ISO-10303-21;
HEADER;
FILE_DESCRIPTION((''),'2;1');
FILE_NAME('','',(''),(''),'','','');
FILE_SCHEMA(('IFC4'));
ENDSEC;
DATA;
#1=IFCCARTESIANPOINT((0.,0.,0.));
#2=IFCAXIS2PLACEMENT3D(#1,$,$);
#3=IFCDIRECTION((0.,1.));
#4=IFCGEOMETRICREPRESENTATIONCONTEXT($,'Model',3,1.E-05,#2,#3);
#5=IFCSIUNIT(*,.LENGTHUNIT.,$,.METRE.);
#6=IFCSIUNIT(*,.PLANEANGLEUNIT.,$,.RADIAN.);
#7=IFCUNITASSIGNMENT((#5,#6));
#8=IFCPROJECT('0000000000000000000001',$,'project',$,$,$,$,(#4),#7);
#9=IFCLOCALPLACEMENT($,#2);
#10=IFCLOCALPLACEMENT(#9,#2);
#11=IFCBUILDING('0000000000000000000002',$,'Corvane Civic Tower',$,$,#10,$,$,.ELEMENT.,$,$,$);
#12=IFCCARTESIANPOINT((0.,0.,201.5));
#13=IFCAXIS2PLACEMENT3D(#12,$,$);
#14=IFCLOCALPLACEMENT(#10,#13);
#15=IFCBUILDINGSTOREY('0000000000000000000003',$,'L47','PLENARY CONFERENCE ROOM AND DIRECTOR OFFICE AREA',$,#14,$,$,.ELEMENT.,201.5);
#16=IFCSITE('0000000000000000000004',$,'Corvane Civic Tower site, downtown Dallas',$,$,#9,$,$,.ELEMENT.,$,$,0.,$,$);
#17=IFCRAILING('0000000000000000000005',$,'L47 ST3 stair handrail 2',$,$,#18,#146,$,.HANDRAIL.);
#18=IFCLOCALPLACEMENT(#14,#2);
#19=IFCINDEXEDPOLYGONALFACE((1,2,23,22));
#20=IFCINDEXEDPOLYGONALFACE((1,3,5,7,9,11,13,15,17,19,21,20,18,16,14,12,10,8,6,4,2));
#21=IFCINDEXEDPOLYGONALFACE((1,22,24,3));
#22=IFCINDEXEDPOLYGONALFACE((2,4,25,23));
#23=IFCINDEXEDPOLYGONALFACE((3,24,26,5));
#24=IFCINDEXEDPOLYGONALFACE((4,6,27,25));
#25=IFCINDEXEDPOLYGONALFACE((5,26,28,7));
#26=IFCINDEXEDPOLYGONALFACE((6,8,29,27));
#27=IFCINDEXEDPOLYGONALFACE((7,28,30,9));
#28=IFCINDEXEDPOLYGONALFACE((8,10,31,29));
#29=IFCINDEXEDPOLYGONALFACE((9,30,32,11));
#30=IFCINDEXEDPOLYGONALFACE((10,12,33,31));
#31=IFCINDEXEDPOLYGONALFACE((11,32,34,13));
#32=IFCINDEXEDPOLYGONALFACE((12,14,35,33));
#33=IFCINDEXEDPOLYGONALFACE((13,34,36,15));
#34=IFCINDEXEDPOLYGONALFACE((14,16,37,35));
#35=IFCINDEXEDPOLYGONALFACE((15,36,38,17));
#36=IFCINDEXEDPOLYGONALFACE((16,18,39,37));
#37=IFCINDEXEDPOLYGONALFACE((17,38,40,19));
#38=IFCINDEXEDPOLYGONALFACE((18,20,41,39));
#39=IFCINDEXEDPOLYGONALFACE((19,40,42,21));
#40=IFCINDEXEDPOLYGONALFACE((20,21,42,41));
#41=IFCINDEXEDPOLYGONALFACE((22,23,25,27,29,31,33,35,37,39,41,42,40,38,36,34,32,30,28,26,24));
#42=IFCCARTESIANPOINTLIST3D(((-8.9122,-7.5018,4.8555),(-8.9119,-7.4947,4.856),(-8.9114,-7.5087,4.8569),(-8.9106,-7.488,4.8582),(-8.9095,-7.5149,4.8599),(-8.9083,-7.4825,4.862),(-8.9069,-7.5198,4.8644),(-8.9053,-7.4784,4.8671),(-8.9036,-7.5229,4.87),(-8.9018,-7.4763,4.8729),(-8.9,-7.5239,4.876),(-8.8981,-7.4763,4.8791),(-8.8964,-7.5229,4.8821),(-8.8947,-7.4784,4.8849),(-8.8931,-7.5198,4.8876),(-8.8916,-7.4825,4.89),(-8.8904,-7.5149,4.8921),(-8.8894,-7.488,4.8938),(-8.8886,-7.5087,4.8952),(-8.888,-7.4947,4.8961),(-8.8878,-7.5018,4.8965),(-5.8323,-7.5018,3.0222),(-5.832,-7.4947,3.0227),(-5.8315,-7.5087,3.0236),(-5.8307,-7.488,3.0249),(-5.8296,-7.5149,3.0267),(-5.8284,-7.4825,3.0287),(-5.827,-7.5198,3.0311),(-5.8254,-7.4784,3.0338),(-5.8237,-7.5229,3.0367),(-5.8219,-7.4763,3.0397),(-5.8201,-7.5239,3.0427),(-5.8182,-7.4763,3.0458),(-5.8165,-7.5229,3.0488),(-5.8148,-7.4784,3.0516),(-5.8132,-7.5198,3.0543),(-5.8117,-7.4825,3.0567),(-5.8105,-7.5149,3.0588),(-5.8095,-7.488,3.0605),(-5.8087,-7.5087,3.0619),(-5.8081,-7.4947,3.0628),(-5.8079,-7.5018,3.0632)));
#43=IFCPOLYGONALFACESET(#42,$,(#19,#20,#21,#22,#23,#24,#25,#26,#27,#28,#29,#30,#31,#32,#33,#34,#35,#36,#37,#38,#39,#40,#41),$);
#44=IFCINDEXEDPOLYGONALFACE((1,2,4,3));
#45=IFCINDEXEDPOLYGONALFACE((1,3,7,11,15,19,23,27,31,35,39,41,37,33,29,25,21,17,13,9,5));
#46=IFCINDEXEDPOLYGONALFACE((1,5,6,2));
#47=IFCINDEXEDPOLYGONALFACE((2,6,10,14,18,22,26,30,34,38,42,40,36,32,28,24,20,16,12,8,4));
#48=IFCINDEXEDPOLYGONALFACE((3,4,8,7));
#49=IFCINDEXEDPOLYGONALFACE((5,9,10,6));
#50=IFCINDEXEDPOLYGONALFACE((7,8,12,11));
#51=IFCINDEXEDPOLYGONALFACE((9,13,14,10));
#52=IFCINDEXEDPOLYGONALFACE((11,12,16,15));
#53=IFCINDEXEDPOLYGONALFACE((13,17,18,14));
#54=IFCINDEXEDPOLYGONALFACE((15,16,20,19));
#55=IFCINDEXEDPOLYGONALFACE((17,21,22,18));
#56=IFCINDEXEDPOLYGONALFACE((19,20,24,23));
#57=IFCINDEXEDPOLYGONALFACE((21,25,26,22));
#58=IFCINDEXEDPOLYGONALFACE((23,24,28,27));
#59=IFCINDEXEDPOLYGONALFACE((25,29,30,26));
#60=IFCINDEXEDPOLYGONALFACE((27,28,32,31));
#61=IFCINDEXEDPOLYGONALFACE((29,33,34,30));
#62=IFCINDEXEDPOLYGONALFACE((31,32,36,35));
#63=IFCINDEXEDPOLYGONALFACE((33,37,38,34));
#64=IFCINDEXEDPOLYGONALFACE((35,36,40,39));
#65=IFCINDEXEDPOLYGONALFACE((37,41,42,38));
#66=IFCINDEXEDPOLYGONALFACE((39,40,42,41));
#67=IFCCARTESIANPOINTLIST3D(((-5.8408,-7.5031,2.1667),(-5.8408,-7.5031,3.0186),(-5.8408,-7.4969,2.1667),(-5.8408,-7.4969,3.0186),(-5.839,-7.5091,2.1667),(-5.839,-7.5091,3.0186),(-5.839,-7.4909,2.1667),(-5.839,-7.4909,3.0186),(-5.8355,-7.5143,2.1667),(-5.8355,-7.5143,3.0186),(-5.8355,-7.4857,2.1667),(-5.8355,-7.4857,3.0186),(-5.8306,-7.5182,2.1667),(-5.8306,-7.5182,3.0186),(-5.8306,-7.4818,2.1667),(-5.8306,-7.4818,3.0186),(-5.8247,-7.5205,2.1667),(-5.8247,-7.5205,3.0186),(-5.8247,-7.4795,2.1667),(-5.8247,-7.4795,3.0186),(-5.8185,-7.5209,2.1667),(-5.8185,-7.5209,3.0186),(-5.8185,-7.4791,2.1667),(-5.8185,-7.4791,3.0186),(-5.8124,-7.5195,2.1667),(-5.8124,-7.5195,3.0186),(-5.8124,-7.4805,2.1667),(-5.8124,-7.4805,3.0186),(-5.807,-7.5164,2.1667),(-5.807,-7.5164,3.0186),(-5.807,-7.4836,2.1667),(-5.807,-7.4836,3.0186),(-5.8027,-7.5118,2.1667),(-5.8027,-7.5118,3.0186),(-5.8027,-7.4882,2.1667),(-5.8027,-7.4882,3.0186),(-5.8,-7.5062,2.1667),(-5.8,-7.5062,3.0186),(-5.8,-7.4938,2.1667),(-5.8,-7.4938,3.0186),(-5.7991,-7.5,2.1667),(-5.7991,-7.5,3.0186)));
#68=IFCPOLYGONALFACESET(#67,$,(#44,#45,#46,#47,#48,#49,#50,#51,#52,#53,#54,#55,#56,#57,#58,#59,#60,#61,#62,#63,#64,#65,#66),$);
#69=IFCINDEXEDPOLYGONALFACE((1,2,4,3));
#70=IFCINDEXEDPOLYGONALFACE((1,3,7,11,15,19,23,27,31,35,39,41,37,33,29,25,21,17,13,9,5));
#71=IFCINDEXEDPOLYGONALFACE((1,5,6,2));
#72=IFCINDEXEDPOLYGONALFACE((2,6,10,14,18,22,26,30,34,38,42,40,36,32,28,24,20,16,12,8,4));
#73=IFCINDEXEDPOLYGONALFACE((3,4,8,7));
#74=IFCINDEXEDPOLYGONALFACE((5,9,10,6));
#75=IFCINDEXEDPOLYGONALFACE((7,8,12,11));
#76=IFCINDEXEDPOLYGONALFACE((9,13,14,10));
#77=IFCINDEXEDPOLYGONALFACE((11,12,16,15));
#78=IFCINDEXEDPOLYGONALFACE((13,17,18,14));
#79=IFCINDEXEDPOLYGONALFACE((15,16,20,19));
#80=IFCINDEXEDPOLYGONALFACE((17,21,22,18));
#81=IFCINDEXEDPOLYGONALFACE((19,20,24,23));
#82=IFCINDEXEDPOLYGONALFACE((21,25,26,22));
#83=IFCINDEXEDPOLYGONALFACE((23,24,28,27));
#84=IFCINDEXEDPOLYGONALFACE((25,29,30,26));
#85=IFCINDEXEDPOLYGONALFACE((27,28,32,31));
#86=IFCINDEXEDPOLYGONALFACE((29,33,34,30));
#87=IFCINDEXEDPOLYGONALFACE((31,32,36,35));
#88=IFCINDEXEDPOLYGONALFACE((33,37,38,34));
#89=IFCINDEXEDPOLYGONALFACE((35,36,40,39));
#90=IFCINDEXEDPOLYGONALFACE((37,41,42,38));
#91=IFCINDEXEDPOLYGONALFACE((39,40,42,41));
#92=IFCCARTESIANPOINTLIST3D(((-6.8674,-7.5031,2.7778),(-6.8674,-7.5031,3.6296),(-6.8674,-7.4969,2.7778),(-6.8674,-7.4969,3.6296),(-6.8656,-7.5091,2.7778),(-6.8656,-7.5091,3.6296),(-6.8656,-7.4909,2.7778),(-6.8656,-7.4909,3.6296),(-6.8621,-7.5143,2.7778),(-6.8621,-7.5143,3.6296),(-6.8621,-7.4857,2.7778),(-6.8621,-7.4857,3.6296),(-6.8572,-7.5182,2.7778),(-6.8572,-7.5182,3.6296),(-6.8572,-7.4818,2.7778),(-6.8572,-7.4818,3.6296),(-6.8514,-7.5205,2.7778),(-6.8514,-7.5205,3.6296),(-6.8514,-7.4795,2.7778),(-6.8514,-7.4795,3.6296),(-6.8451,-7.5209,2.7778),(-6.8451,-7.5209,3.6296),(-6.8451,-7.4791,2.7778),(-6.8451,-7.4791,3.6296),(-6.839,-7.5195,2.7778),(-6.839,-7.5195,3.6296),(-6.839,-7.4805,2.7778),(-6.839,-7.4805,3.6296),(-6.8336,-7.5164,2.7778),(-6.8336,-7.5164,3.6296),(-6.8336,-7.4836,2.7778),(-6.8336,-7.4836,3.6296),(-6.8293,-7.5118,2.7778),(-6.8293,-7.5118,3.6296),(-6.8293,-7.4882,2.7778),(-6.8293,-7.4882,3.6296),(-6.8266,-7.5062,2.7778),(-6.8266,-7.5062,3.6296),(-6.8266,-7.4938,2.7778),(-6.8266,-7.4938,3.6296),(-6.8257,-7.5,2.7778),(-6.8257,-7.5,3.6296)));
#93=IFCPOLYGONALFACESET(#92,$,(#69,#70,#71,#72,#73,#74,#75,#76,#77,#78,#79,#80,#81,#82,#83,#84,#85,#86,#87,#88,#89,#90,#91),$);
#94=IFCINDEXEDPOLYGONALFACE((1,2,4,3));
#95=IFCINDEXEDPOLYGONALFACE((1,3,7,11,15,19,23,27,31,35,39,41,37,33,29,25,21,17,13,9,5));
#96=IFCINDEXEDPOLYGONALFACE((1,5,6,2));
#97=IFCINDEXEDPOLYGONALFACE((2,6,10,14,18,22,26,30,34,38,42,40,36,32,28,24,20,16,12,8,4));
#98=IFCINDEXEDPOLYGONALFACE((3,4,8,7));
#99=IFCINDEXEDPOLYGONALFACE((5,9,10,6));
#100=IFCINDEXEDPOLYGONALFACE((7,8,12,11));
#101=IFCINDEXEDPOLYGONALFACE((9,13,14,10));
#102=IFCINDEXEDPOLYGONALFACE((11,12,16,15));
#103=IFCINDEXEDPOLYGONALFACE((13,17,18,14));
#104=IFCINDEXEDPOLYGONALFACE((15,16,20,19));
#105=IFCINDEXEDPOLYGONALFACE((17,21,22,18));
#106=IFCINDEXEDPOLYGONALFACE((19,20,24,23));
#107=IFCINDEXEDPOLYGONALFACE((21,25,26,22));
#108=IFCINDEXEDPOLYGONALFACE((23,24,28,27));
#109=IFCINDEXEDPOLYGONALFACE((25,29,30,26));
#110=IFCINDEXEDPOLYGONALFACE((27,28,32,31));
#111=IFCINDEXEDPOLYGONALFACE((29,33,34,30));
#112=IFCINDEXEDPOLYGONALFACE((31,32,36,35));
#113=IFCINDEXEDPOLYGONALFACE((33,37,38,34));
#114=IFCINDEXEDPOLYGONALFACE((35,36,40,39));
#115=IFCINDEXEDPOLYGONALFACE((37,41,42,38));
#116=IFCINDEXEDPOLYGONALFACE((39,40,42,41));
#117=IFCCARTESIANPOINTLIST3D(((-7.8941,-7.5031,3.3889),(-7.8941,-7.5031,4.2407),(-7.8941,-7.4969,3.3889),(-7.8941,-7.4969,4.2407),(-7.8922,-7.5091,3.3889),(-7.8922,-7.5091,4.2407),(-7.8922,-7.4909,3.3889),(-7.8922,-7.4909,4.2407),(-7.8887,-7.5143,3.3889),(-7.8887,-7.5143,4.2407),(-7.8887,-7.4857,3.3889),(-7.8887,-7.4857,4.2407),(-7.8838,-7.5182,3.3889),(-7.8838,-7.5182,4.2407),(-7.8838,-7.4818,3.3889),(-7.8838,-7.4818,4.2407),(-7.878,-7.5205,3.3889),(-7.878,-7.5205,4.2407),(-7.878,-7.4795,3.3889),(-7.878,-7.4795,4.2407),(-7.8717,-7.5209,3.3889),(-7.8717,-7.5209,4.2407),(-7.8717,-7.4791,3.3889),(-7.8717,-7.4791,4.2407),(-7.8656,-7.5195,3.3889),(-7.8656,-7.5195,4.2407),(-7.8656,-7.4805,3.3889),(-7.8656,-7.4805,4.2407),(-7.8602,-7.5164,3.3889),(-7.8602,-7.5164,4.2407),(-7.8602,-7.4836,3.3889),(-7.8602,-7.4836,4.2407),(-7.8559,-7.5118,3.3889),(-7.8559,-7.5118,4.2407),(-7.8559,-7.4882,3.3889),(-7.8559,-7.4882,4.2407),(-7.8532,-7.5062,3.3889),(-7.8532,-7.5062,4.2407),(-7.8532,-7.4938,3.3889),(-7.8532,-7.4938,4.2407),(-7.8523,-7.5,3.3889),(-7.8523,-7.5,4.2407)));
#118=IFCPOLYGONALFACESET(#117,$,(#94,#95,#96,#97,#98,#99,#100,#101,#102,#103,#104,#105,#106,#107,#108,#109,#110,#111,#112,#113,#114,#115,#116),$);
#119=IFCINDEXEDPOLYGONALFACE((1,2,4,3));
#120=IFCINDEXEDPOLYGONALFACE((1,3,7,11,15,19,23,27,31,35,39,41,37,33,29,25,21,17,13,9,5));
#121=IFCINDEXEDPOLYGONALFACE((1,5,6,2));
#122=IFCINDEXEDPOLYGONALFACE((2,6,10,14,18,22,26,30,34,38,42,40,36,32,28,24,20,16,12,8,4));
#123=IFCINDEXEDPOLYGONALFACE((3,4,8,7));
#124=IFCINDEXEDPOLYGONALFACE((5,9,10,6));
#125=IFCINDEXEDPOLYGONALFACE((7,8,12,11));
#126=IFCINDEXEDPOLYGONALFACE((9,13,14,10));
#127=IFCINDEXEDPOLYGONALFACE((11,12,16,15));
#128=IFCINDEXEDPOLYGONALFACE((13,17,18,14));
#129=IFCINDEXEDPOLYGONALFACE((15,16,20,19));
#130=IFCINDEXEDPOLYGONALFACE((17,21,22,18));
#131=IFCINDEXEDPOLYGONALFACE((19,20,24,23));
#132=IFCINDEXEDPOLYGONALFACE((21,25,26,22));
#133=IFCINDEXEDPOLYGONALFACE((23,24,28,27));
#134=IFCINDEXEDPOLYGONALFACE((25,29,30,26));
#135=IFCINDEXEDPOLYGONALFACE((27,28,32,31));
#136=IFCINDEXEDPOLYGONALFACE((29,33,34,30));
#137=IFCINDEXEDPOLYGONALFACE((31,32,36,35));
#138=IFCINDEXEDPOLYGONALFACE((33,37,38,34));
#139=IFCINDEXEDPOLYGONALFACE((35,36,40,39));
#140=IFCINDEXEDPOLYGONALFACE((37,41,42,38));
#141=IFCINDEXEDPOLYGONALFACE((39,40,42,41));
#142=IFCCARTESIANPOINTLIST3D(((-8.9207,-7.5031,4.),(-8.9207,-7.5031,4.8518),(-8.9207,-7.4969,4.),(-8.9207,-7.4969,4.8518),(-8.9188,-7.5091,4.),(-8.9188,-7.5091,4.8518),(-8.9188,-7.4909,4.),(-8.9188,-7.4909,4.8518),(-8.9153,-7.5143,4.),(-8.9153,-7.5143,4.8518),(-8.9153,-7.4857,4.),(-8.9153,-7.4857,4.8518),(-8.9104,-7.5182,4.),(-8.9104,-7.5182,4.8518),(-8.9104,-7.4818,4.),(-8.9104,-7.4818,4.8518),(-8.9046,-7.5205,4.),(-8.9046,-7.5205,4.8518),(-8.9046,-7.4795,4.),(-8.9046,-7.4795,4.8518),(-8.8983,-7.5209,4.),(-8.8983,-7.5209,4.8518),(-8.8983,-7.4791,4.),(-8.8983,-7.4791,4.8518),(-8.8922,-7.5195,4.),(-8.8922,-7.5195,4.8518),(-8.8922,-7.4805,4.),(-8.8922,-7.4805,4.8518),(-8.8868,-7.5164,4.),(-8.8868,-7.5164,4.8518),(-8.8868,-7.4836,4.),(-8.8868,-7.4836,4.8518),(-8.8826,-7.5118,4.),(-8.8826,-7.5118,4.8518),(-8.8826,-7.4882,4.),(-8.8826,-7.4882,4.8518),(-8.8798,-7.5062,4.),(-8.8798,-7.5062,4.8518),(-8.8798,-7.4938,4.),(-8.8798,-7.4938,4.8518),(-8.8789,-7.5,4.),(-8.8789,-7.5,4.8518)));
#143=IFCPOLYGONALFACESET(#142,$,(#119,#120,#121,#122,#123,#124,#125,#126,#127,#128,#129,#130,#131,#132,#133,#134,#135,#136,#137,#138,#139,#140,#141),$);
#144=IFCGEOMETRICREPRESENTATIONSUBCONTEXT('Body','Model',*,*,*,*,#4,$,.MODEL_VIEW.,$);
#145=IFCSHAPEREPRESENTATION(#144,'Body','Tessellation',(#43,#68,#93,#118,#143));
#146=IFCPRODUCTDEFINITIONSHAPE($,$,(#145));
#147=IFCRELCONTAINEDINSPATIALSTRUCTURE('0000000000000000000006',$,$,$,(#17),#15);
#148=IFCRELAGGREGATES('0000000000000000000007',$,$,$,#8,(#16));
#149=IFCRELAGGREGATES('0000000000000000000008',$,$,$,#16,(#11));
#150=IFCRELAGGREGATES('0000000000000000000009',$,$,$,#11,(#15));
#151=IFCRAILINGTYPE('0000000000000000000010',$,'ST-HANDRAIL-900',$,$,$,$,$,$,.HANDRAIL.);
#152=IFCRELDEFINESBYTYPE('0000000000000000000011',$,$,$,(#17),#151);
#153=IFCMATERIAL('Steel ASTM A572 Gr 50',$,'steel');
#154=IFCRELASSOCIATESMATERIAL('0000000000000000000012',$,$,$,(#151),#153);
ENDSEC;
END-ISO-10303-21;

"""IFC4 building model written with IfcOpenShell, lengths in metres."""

from ifc_helpers import new_model, si_unit, direction, frame, origin, origin_2d, place, context, subcontext, project, spatial, circle, extrude, material, type_object, element, save


model = new_model("IFC4")

# Units and contexts
model_context = context("Model", 3, precision=1e-05, world=origin(), true_north=direction((0.0, 1.0)))
body_context = subcontext(model_context, "Body", "Model", "MODEL_VIEW")
ifc_project = project(units=[si_unit("LENGTHUNIT", "METRE"), si_unit("PLANEANGLEUNIT", "RADIAN")], contexts=[model_context])

# Site, building, storey
site_placement = place(None, origin())
site = spatial("IfcSite", under=ifc_project, at=site_placement, Name="Corvane Civic Tower site, downtown Dallas", CompositionType="ELEMENT", RefElevation=0.0)
building_placement = place(site_placement, origin())
building = spatial("IfcBuilding", under=site, at=building_placement, Name="Corvane Civic Tower", CompositionType="ELEMENT")
storey_placement = place(building_placement, frame((0.0, 0.0, 201.5)))
storey = spatial("IfcBuildingStorey", under=building, at=storey_placement, Name="L47", Description="PLENARY CONFERENCE ROOM AND DIRECTOR OFFICE AREA", CompositionType="ELEMENT", Elevation=201.5)

# Railing
ifc_material_1 = material(Name="Steel ASTM A572 Gr 50", Category="steel")
railing_type = type_object("IfcRailingType", Name="ST-HANDRAIL-900", PredefinedType="HANDRAIL", material=ifc_material_1)
railing_placement = place(storey_placement, frame((-5.8201, -7.5, 2.1667)))
element("IfcRailing", 1, at=railing_placement, inside=storey, type_object=railing_type, Name="L47 ST3 stair handrail 2", PredefinedType="HANDRAIL", context=body_context, shape_type="SweptSolid", body=[
    extrude(circle(Radius=0.0239, at=origin_2d()), frame((0.0, 0.0, 0.876), z_axis=(-0.859291, 0.0, 0.511487), x_axis=(0.0, -1.0, 0.0)), (0.0, 0.0, 1.0), 3.5842),
    extrude(circle(Radius=0.021, at=origin_2d()), origin(), (0.0, 0.0, 1.0), 0.8518),
    extrude(circle(Radius=0.021, at=origin_2d()), frame((-1.0266, 0.0, 0.6111)), (0.0, 0.0, 1.0), 0.8518),
    extrude(circle(Radius=0.021, at=origin_2d()), frame((-2.0532, 0.0, 1.2222)), (0.0, 0.0, 1.0), 0.8518),
    extrude(circle(Radius=0.021, at=origin_2d()), frame((-3.0798, 0.0, 1.8333)), (0.0, 0.0, 1.0), 0.8518),
])

save(model, "model.ifc")
